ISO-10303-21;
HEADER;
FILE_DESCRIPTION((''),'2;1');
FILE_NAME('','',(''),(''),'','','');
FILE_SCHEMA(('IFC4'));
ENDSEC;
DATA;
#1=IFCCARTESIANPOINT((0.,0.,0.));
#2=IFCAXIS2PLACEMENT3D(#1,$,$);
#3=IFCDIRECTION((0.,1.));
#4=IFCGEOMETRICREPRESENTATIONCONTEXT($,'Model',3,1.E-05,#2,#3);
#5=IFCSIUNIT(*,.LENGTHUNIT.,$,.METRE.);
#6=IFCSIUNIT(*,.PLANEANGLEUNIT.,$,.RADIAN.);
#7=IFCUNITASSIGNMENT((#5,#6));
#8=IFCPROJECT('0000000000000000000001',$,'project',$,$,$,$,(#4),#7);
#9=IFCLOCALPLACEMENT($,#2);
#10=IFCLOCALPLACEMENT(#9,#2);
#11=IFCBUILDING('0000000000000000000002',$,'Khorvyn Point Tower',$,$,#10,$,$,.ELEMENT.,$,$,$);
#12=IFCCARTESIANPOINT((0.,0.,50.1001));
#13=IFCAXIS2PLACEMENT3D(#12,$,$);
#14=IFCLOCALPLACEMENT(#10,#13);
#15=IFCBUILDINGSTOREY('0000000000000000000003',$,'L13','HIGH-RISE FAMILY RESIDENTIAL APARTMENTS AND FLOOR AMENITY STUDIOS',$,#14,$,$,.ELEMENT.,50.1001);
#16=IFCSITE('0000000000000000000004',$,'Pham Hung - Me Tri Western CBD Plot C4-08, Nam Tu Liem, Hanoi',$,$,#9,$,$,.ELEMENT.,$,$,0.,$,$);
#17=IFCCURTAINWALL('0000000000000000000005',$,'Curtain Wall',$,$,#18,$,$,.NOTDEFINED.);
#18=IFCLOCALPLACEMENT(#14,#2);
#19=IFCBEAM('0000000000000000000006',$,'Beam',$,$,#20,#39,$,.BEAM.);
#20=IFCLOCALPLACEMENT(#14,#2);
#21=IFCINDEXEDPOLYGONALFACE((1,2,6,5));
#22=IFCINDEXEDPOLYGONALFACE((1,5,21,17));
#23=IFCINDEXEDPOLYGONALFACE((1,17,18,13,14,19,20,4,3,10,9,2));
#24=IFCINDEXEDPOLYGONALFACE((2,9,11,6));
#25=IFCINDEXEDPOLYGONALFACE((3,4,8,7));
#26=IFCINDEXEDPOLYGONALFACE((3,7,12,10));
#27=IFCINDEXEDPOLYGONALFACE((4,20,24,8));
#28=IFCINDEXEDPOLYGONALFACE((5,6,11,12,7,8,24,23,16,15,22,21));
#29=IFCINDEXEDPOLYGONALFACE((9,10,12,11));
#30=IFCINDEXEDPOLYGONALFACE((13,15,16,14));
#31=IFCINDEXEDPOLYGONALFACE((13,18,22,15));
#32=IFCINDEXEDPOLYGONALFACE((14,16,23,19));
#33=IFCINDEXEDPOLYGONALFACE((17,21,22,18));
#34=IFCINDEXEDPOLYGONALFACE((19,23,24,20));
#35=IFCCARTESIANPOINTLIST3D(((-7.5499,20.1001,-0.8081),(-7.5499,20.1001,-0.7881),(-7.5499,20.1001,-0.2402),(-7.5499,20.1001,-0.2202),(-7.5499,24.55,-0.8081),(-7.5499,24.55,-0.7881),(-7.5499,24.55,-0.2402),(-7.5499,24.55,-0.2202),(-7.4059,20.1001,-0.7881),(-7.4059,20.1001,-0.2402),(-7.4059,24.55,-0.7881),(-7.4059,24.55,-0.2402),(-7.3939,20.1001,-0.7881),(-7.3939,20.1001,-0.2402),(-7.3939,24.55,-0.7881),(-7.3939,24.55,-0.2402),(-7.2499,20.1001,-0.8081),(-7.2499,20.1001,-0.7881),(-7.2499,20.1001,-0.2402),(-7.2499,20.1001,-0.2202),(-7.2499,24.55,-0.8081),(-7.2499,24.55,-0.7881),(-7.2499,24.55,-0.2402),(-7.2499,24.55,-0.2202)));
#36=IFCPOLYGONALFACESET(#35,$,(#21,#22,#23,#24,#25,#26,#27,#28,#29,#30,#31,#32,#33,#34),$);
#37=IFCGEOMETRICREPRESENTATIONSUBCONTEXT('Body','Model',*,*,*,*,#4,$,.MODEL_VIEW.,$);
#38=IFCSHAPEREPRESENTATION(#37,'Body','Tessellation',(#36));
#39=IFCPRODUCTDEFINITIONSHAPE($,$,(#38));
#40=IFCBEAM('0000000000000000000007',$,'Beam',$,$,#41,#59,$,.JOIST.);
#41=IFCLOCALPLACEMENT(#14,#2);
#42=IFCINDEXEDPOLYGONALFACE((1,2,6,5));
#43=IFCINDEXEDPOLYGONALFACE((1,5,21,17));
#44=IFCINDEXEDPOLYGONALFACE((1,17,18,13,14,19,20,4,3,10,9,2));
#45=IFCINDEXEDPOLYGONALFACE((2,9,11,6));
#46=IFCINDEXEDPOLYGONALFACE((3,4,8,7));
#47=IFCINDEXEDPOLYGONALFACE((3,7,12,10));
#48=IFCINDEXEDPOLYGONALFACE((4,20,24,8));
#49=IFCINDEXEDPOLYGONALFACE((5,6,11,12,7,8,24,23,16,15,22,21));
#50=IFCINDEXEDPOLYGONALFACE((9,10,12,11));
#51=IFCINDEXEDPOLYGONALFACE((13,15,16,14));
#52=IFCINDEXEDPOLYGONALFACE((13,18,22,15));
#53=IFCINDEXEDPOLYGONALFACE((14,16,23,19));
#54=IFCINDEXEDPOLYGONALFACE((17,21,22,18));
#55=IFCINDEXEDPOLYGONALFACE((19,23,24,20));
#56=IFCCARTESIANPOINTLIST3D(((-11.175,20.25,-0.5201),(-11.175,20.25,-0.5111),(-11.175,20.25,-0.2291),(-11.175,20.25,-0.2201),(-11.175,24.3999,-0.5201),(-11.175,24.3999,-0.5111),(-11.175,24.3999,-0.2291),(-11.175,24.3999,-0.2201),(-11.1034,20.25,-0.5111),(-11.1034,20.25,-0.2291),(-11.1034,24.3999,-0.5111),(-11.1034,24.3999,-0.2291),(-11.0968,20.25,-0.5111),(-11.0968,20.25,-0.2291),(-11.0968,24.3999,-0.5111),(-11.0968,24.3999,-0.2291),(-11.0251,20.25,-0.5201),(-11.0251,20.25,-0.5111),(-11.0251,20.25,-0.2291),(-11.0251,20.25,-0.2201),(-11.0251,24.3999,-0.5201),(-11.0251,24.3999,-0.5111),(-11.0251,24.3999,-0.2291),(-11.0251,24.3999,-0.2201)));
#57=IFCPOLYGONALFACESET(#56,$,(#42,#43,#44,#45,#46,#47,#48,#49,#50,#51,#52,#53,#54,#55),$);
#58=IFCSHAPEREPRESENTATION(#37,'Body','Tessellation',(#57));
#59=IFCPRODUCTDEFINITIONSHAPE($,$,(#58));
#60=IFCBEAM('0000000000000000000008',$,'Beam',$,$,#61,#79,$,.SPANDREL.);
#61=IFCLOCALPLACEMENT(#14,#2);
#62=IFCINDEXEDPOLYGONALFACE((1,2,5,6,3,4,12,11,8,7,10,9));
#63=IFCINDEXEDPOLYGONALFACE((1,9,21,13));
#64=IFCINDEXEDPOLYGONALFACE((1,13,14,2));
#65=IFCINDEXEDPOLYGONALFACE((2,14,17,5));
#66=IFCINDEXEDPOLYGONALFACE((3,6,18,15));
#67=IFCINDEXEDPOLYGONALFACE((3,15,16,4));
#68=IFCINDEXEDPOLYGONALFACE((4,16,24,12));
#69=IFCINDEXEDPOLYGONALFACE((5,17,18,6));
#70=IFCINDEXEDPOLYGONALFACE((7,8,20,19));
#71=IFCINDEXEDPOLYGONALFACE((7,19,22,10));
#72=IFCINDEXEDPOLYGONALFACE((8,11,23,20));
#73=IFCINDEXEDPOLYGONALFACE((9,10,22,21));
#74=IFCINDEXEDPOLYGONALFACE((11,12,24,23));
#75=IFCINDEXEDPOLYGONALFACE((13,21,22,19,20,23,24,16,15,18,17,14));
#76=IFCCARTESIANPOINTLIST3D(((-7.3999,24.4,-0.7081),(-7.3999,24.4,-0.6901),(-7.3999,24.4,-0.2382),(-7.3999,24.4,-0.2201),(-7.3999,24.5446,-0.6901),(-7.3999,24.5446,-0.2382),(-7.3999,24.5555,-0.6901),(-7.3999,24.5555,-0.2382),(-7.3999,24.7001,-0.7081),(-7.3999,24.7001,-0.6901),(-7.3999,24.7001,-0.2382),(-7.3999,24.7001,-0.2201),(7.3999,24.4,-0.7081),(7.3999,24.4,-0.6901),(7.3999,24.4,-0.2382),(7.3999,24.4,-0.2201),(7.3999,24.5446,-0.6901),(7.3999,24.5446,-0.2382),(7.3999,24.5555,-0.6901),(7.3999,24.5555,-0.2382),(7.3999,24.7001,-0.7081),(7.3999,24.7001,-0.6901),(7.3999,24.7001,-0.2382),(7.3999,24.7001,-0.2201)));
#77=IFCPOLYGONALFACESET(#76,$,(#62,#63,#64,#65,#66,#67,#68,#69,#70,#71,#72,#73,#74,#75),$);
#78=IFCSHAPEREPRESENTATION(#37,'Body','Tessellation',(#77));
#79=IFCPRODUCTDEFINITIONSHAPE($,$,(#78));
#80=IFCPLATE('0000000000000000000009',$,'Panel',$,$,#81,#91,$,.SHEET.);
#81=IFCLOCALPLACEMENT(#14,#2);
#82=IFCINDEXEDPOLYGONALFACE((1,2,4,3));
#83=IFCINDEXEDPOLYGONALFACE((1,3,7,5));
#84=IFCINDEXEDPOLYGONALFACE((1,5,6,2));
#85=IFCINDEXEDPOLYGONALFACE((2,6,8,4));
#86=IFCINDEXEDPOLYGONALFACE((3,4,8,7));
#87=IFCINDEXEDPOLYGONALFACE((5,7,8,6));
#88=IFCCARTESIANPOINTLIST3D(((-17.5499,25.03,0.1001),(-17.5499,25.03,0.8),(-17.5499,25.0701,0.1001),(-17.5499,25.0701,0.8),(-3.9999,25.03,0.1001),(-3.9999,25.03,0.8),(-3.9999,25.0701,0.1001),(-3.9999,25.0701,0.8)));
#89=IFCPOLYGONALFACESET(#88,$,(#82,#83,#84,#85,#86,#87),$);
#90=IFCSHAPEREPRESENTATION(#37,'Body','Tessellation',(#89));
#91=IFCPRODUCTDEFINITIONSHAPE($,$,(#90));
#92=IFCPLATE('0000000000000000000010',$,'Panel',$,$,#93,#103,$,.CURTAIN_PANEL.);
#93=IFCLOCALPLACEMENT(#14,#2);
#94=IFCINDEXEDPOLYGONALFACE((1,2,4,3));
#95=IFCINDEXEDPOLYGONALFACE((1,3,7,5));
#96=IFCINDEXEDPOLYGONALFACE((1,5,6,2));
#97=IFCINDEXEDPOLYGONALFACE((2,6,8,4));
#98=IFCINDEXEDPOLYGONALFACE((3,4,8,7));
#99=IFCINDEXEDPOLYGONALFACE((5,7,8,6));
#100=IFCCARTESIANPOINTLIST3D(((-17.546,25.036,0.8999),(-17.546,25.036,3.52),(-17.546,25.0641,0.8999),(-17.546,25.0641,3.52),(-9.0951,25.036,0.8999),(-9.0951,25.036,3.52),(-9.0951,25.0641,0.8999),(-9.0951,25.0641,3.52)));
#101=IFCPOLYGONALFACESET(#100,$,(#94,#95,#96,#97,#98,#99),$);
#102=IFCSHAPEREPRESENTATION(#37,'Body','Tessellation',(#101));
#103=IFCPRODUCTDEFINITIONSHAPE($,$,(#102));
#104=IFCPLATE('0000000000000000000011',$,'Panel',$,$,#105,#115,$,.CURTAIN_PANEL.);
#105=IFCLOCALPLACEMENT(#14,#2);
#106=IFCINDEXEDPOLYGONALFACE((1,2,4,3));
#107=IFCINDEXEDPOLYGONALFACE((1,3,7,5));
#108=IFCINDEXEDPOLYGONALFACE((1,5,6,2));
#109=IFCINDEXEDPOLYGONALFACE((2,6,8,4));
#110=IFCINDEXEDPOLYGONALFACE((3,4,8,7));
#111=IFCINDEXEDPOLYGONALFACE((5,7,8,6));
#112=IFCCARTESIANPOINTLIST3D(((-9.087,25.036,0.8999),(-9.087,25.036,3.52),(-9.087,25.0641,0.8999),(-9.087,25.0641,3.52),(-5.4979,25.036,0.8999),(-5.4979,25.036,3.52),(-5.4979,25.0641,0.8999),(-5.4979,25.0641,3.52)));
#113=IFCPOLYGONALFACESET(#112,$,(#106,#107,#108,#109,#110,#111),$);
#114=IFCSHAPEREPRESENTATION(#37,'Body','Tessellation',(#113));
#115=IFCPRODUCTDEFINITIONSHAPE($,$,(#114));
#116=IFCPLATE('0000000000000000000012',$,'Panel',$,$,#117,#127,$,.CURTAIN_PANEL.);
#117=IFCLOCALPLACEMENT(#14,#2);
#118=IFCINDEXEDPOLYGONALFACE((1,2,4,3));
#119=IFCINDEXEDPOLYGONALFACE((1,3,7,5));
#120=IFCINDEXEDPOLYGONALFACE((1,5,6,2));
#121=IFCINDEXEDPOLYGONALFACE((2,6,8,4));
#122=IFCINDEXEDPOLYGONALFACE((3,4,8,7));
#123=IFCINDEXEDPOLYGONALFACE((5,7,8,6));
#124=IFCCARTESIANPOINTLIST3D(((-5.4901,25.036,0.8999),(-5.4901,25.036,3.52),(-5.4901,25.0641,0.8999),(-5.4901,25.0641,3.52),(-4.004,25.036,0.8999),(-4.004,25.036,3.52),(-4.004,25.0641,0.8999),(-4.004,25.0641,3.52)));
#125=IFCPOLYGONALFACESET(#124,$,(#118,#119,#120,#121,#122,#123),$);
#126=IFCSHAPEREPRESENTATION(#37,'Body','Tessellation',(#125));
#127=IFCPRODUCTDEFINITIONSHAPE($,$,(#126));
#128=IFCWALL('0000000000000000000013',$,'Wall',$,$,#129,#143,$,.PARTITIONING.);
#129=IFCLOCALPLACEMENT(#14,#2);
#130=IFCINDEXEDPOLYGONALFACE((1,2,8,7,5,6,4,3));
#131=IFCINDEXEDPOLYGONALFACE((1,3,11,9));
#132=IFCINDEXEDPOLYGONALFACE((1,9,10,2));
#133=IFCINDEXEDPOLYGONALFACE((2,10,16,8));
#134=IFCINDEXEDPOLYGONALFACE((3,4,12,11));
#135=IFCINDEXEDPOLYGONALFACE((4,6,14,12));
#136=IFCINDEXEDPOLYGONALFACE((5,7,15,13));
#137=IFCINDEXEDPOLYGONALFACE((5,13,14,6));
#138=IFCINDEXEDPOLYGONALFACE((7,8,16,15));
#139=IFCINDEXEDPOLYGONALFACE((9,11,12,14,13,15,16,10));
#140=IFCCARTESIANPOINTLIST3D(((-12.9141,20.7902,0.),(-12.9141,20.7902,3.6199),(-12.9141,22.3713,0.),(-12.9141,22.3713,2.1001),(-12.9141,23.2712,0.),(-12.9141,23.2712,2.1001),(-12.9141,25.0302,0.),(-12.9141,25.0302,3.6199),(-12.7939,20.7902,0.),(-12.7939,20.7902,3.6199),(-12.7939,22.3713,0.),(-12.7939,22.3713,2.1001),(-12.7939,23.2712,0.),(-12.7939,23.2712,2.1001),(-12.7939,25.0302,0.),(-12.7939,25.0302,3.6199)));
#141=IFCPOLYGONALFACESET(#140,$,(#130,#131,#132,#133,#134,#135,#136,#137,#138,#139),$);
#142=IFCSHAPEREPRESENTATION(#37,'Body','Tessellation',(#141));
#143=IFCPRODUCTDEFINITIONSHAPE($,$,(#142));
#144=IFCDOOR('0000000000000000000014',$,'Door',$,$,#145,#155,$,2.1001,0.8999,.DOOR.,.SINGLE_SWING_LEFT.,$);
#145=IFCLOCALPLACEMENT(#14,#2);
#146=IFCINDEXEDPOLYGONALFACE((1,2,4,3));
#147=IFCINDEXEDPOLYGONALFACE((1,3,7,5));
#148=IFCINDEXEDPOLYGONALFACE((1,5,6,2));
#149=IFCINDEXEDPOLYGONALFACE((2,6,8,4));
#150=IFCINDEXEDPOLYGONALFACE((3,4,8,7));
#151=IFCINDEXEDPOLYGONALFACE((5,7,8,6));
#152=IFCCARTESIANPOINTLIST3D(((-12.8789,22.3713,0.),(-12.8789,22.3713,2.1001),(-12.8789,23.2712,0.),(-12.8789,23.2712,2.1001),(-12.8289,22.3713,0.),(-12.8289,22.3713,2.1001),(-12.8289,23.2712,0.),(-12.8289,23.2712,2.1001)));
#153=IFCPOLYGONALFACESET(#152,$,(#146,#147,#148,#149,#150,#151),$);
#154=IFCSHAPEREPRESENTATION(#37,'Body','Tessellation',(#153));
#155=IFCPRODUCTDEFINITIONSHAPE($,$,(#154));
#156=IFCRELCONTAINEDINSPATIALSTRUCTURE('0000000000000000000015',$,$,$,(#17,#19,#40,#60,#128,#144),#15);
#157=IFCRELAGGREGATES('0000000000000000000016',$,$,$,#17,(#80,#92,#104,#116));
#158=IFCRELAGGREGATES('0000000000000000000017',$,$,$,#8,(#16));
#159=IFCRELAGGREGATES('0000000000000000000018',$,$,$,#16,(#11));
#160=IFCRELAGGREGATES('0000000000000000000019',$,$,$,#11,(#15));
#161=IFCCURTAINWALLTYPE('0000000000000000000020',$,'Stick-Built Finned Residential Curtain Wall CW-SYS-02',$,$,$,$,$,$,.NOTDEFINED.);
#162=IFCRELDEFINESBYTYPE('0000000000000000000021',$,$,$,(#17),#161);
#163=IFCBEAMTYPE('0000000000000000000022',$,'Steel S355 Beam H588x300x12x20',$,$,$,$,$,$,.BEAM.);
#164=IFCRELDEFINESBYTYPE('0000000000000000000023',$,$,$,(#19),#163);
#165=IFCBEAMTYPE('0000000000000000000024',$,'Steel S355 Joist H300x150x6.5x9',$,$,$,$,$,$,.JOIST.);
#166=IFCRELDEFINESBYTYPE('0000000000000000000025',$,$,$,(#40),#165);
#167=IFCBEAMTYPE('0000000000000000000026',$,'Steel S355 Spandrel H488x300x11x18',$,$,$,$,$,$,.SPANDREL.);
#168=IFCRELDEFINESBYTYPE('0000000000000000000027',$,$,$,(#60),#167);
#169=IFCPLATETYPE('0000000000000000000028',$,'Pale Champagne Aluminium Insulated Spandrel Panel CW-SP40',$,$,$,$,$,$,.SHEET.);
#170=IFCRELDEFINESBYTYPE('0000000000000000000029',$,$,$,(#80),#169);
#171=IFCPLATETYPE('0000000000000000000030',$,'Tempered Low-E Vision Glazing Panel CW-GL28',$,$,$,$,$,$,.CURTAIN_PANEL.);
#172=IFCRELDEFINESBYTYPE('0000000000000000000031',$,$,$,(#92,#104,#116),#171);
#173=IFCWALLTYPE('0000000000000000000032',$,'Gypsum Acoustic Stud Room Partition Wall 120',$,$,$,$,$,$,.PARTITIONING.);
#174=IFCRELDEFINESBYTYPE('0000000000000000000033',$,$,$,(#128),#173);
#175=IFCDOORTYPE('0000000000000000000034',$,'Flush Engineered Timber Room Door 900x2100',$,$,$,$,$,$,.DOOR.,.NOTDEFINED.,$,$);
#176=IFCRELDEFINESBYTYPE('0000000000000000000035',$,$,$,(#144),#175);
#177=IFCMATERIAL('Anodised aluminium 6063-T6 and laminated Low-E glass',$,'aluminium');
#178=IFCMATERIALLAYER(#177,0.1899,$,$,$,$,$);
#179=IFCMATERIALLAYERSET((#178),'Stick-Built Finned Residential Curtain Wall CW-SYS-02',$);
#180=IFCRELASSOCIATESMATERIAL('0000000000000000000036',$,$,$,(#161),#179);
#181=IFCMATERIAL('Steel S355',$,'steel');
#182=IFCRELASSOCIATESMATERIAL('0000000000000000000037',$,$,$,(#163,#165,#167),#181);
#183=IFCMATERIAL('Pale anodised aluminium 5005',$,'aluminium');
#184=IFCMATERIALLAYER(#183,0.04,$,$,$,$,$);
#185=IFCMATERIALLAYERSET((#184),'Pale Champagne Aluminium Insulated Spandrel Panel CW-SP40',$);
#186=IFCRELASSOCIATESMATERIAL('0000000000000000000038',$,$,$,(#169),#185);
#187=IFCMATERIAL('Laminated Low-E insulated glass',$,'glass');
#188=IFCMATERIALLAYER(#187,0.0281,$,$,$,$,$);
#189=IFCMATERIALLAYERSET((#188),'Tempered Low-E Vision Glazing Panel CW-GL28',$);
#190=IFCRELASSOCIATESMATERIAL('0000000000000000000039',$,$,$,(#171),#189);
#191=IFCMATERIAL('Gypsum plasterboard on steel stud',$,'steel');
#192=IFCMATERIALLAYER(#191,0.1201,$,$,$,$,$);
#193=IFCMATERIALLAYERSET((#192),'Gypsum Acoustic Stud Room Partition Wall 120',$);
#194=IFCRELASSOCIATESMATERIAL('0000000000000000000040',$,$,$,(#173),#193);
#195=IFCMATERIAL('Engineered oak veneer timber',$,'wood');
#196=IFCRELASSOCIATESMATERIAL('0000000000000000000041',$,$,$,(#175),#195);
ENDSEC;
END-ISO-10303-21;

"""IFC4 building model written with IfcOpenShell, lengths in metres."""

from ifc_helpers import new_model, si_unit, direction, frame, frame_2d, origin, origin_2d, place, context, subcontext, project, spatial, rectangle, i_section, extrude, material, layer, layer_set, material_profile, profile_set, type_object, element, fill, aggregate, save


model = new_model("IFC4")

# Units and contexts
model_context = context("Model", 3, precision=1e-05, world=origin(), true_north=direction((0.0, 1.0)))
body_context = subcontext(model_context, "Body", "Model", "MODEL_VIEW")
ifc_project = project(units=[si_unit("LENGTHUNIT", "METRE"), si_unit("PLANEANGLEUNIT", "RADIAN")], contexts=[model_context])

# Site, building, storey
site_placement = place(None, origin())
site = spatial("IfcSite", under=ifc_project, at=site_placement, Name="Pham Hung - Me Tri Western CBD Plot C4-08, Nam Tu Liem, Hanoi", CompositionType="ELEMENT", RefElevation=0.0)
building_placement = place(site_placement, origin())
building = spatial("IfcBuilding", under=site, at=building_placement, Name="Khorvyn Point Tower", CompositionType="ELEMENT")
storey_placement = place(building_placement, frame((0.0, 0.0, 50.1001)))
storey = spatial("IfcBuildingStorey", under=building, at=storey_placement, Name="L13", Description="HIGH-RISE FAMILY RESIDENTIAL APARTMENTS AND FLOOR AMENITY STUDIOS", CompositionType="ELEMENT", Elevation=50.1001)

# Curtain wall
ifc_material_1 = material(Name="Anodised aluminium 6063-T6 and laminated Low-E glass", Category="aluminium")
ifc_layer_1 = layer(ifc_material_1, 0.1899)
ifc_layer_set_1 = layer_set([ifc_layer_1], Name="Stick-Built Finned Residential Curtain Wall CW-SYS-02")
curtain_wall_type = type_object("IfcCurtainWallType", Name="Stick-Built Finned Residential Curtain Wall CW-SYS-02", PredefinedType="NOTDEFINED", material=ifc_layer_set_1)
curtain_wall_placement = place(storey_placement, origin())
curtain_wall = element("IfcCurtainWall", 1, at=curtain_wall_placement, inside=storey, type_object=curtain_wall_type, Name="Curtain Wall", PredefinedType="NOTDEFINED")

# Beams
ifc_material_2 = material(Name="Steel S355", Category="steel")
ifc_material_profile_1 = material_profile(ifc_material_2, i_section(OverallWidth=0.3, OverallDepth=0.5879, WebThickness=0.012, FlangeThickness=0.02, at=origin_2d()))
ifc_profile_set_1 = profile_set([ifc_material_profile_1], Name="Steel S355 H588x300x12x20")
beam_type_1 = type_object("IfcBeamType", Name="Steel S355 Beam H588x300x12x20", PredefinedType="BEAM", material=ifc_profile_set_1)
beam_1_placement = place(storey_placement, frame((-7.3999, 20.1001, -0.5142), z_axis=(0.0, 1.0, 0.0), x_axis=(-1.0, 0.0, 0.0)))
element("IfcBeam", 2, at=beam_1_placement, inside=storey, type_object=beam_type_1, Name="Beam", PredefinedType="BEAM", context=body_context, shape_type="SweptSolid", body=[
    extrude(i_section(OverallWidth=0.3, OverallDepth=0.5879, WebThickness=0.012, FlangeThickness=0.02, at=origin_2d()), origin(), (0.0, 0.0, 1.0), 4.45),
])
ifc_material_profile_2 = material_profile(ifc_material_2, i_section(OverallWidth=0.1499, OverallDepth=0.3, WebThickness=0.0066, FlangeThickness=0.009, at=origin_2d()))
ifc_profile_set_2 = profile_set([ifc_material_profile_2], Name="Steel S355 H300x150x6.5x9")
beam_type_2 = type_object("IfcBeamType", Name="Steel S355 Joist H300x150x6.5x9", PredefinedType="JOIST", material=ifc_profile_set_2)
beam_2_placement = place(storey_placement, frame((-11.1001, 20.25, -0.3701), z_axis=(0.0, 1.0, 0.0), x_axis=(-1.0, 0.0, 0.0)))
element("IfcBeam", 3, at=beam_2_placement, inside=storey, type_object=beam_type_2, Name="Beam", PredefinedType="JOIST", context=body_context, shape_type="SweptSolid", body=[
    extrude(i_section(OverallWidth=0.1499, OverallDepth=0.3, WebThickness=0.0066, FlangeThickness=0.009, at=origin_2d()), origin(), (0.0, 0.0, 1.0), 4.1499),
])
ifc_material_profile_3 = material_profile(ifc_material_2, i_section(OverallWidth=0.3, OverallDepth=0.488, WebThickness=0.011, FlangeThickness=0.0181, at=origin_2d()))
ifc_profile_set_3 = profile_set([ifc_material_profile_3], Name="Steel S355 H488x300x11x18")
beam_type_3 = type_object("IfcBeamType", Name="Steel S355 Spandrel H488x300x11x18", PredefinedType="SPANDREL", material=ifc_profile_set_3)
beam_3_placement = place(storey_placement, frame((-7.3999, 24.55, -0.4641), z_axis=(1.0, 0.0, 0.0), x_axis=(0.0, 1.0, 0.0)))
element("IfcBeam", 4, at=beam_3_placement, inside=storey, type_object=beam_type_3, Name="Beam", PredefinedType="SPANDREL", context=body_context, shape_type="SweptSolid", body=[
    extrude(i_section(OverallWidth=0.3, OverallDepth=0.488, WebThickness=0.011, FlangeThickness=0.0181, at=origin_2d()), origin(), (0.0, 0.0, 1.0), 14.7998),
])

# Plates
ifc_material_3 = material(Name="Pale anodised aluminium 5005", Category="aluminium")
ifc_layer_2 = layer(ifc_material_3, 0.04)
ifc_layer_set_2 = layer_set([ifc_layer_2], Name="Pale Champagne Aluminium Insulated Spandrel Panel CW-SP40")
plate_type_1 = type_object("IfcPlateType", Name="Pale Champagne Aluminium Insulated Spandrel Panel CW-SP40", PredefinedType="SHEET", material=ifc_layer_set_2)
plate_1_placement = place(storey_placement, frame((-10.7749, 25.05, 0.1001), z_axis=(0.0, 0.0, 1.0), x_axis=(1.0, 0.0, 0.0)))
plate_1 = element("IfcPlate", 5, at=plate_1_placement, type_object=plate_type_1, Name="Panel", PredefinedType="SHEET", context=body_context, shape_type="SweptSolid", body=[
    extrude(rectangle(XDim=13.55, YDim=0.04, at=origin_2d()), origin(), (0.0, 0.0, 1.0), 0.7),
])
ifc_material_4 = material(Name="Laminated Low-E insulated glass", Category="glass")
ifc_layer_3 = layer(ifc_material_4, 0.0281)
ifc_layer_set_3 = layer_set([ifc_layer_3], Name="Tempered Low-E Vision Glazing Panel CW-GL28")
plate_type_2 = type_object("IfcPlateType", Name="Tempered Low-E Vision Glazing Panel CW-GL28", PredefinedType="CURTAIN_PANEL", material=ifc_layer_set_3)
plate_2_placement = place(storey_placement, frame((-13.3206, 25.05, 0.8999), z_axis=(0.0, 0.0, 1.0), x_axis=(1.0, 0.0, 0.0)))
plate_2 = element("IfcPlate", 6, at=plate_2_placement, type_object=plate_type_2, Name="Panel", PredefinedType="CURTAIN_PANEL", context=body_context, shape_type="SweptSolid", body=[
    extrude(rectangle(XDim=8.4509, YDim=0.0281, at=origin_2d()), origin(), (0.0, 0.0, 1.0), 2.6201),
])
plate_3_placement = place(storey_placement, frame((-7.2925, 25.05, 0.8999), z_axis=(0.0, 0.0, 1.0), x_axis=(1.0, 0.0, 0.0)))
plate_3 = element("IfcPlate", 7, at=plate_3_placement, type_object=plate_type_2, Name="Panel", PredefinedType="CURTAIN_PANEL", context=body_context, shape_type="SweptSolid", body=[
    extrude(rectangle(XDim=3.5891, YDim=0.0281, at=origin_2d()), origin(), (0.0, 0.0, 1.0), 2.6201),
])
plate_4_placement = place(storey_placement, frame((-4.7471, 25.05, 0.8999), z_axis=(0.0, 0.0, 1.0), x_axis=(1.0, 0.0, 0.0)))
plate_4 = element("IfcPlate", 8, at=plate_4_placement, type_object=plate_type_2, Name="Panel", PredefinedType="CURTAIN_PANEL", context=body_context, shape_type="SweptSolid", body=[
    extrude(rectangle(XDim=1.4861, YDim=0.0281, at=origin_2d()), origin(), (0.0, 0.0, 1.0), 2.6201),
])
aggregate(curtain_wall, [plate_1, plate_2, plate_3, plate_4])

# Wall, opening, door
ifc_material_5 = material(Name="Gypsum plasterboard on steel stud", Category="steel")
ifc_layer_4 = layer(ifc_material_5, 0.1201)
ifc_layer_set_4 = layer_set([ifc_layer_4], Name="Gypsum Acoustic Stud Room Partition Wall 120")
wall_type_1 = type_object("IfcWallType", Name="Gypsum Acoustic Stud Room Partition Wall 120", PredefinedType="PARTITIONING", material=ifc_layer_set_4)
wall_1_placement = place(storey_placement, frame((-12.854, 20.79, 0.0), z_axis=(0.0, 0.0, 1.0), x_axis=(0.0, 1.0, 0.0)))
wall_1 = element("IfcWall", 9, at=wall_1_placement, inside=storey, type_object=wall_type_1, Name="Wall", PredefinedType="PARTITIONING", context=body_context, shape_type="SweptSolid", body=[
    extrude(rectangle(XDim=4.24, YDim=0.1201, at=frame_2d((2.1201, 0.0))), origin(), (0.0, 0.0, 1.0), 3.6199),
])
opening_1_placement = place(wall_1_placement, frame((1.5813, 0.0, 0.0)))
opening_1 = element("IfcOpeningElement", 10, at=opening_1_placement, cuts=wall_1, PredefinedType="OPENING", context=body_context, shape_type="SweptSolid", body=[
    extrude(rectangle(XDim=0.8999, YDim=2.1001, at=frame_2d((0.45, 1.05))), frame((0.0, 0.0701, 0.0), z_axis=(0.0, -1.0, 0.0), x_axis=(1.0, 0.0, 0.0)), (0.0, 0.0, 1.0), 0.1401),
])
ifc_material_6 = material(Name="Engineered oak veneer timber", Category="wood")
door_type_1 = type_object("IfcDoorType", Name="Flush Engineered Timber Room Door 900x2100", OperationType="NOTDEFINED", PredefinedType="DOOR", material=ifc_material_6)
door_1_placement = place(opening_1_placement, origin())
door_1 = element("IfcDoor", 11, at=door_1_placement, inside=storey, type_object=door_type_1, Name="Door", OperationType="SINGLE_SWING_LEFT", OverallHeight=2.1001, OverallWidth=0.8999, PredefinedType="DOOR", context=body_context, shape_type="SweptSolid", body=[
    extrude(rectangle(XDim=0.8999, YDim=2.1001, at=frame_2d((0.45, 1.05))), frame((0.0, 0.0249, 0.0), z_axis=(0.0, -1.0, 0.0), x_axis=(1.0, 0.0, 0.0)), (0.0, 0.0, 1.0), 0.05),
])
fill(opening_1, door_1)

save(model, "model.ifc")
